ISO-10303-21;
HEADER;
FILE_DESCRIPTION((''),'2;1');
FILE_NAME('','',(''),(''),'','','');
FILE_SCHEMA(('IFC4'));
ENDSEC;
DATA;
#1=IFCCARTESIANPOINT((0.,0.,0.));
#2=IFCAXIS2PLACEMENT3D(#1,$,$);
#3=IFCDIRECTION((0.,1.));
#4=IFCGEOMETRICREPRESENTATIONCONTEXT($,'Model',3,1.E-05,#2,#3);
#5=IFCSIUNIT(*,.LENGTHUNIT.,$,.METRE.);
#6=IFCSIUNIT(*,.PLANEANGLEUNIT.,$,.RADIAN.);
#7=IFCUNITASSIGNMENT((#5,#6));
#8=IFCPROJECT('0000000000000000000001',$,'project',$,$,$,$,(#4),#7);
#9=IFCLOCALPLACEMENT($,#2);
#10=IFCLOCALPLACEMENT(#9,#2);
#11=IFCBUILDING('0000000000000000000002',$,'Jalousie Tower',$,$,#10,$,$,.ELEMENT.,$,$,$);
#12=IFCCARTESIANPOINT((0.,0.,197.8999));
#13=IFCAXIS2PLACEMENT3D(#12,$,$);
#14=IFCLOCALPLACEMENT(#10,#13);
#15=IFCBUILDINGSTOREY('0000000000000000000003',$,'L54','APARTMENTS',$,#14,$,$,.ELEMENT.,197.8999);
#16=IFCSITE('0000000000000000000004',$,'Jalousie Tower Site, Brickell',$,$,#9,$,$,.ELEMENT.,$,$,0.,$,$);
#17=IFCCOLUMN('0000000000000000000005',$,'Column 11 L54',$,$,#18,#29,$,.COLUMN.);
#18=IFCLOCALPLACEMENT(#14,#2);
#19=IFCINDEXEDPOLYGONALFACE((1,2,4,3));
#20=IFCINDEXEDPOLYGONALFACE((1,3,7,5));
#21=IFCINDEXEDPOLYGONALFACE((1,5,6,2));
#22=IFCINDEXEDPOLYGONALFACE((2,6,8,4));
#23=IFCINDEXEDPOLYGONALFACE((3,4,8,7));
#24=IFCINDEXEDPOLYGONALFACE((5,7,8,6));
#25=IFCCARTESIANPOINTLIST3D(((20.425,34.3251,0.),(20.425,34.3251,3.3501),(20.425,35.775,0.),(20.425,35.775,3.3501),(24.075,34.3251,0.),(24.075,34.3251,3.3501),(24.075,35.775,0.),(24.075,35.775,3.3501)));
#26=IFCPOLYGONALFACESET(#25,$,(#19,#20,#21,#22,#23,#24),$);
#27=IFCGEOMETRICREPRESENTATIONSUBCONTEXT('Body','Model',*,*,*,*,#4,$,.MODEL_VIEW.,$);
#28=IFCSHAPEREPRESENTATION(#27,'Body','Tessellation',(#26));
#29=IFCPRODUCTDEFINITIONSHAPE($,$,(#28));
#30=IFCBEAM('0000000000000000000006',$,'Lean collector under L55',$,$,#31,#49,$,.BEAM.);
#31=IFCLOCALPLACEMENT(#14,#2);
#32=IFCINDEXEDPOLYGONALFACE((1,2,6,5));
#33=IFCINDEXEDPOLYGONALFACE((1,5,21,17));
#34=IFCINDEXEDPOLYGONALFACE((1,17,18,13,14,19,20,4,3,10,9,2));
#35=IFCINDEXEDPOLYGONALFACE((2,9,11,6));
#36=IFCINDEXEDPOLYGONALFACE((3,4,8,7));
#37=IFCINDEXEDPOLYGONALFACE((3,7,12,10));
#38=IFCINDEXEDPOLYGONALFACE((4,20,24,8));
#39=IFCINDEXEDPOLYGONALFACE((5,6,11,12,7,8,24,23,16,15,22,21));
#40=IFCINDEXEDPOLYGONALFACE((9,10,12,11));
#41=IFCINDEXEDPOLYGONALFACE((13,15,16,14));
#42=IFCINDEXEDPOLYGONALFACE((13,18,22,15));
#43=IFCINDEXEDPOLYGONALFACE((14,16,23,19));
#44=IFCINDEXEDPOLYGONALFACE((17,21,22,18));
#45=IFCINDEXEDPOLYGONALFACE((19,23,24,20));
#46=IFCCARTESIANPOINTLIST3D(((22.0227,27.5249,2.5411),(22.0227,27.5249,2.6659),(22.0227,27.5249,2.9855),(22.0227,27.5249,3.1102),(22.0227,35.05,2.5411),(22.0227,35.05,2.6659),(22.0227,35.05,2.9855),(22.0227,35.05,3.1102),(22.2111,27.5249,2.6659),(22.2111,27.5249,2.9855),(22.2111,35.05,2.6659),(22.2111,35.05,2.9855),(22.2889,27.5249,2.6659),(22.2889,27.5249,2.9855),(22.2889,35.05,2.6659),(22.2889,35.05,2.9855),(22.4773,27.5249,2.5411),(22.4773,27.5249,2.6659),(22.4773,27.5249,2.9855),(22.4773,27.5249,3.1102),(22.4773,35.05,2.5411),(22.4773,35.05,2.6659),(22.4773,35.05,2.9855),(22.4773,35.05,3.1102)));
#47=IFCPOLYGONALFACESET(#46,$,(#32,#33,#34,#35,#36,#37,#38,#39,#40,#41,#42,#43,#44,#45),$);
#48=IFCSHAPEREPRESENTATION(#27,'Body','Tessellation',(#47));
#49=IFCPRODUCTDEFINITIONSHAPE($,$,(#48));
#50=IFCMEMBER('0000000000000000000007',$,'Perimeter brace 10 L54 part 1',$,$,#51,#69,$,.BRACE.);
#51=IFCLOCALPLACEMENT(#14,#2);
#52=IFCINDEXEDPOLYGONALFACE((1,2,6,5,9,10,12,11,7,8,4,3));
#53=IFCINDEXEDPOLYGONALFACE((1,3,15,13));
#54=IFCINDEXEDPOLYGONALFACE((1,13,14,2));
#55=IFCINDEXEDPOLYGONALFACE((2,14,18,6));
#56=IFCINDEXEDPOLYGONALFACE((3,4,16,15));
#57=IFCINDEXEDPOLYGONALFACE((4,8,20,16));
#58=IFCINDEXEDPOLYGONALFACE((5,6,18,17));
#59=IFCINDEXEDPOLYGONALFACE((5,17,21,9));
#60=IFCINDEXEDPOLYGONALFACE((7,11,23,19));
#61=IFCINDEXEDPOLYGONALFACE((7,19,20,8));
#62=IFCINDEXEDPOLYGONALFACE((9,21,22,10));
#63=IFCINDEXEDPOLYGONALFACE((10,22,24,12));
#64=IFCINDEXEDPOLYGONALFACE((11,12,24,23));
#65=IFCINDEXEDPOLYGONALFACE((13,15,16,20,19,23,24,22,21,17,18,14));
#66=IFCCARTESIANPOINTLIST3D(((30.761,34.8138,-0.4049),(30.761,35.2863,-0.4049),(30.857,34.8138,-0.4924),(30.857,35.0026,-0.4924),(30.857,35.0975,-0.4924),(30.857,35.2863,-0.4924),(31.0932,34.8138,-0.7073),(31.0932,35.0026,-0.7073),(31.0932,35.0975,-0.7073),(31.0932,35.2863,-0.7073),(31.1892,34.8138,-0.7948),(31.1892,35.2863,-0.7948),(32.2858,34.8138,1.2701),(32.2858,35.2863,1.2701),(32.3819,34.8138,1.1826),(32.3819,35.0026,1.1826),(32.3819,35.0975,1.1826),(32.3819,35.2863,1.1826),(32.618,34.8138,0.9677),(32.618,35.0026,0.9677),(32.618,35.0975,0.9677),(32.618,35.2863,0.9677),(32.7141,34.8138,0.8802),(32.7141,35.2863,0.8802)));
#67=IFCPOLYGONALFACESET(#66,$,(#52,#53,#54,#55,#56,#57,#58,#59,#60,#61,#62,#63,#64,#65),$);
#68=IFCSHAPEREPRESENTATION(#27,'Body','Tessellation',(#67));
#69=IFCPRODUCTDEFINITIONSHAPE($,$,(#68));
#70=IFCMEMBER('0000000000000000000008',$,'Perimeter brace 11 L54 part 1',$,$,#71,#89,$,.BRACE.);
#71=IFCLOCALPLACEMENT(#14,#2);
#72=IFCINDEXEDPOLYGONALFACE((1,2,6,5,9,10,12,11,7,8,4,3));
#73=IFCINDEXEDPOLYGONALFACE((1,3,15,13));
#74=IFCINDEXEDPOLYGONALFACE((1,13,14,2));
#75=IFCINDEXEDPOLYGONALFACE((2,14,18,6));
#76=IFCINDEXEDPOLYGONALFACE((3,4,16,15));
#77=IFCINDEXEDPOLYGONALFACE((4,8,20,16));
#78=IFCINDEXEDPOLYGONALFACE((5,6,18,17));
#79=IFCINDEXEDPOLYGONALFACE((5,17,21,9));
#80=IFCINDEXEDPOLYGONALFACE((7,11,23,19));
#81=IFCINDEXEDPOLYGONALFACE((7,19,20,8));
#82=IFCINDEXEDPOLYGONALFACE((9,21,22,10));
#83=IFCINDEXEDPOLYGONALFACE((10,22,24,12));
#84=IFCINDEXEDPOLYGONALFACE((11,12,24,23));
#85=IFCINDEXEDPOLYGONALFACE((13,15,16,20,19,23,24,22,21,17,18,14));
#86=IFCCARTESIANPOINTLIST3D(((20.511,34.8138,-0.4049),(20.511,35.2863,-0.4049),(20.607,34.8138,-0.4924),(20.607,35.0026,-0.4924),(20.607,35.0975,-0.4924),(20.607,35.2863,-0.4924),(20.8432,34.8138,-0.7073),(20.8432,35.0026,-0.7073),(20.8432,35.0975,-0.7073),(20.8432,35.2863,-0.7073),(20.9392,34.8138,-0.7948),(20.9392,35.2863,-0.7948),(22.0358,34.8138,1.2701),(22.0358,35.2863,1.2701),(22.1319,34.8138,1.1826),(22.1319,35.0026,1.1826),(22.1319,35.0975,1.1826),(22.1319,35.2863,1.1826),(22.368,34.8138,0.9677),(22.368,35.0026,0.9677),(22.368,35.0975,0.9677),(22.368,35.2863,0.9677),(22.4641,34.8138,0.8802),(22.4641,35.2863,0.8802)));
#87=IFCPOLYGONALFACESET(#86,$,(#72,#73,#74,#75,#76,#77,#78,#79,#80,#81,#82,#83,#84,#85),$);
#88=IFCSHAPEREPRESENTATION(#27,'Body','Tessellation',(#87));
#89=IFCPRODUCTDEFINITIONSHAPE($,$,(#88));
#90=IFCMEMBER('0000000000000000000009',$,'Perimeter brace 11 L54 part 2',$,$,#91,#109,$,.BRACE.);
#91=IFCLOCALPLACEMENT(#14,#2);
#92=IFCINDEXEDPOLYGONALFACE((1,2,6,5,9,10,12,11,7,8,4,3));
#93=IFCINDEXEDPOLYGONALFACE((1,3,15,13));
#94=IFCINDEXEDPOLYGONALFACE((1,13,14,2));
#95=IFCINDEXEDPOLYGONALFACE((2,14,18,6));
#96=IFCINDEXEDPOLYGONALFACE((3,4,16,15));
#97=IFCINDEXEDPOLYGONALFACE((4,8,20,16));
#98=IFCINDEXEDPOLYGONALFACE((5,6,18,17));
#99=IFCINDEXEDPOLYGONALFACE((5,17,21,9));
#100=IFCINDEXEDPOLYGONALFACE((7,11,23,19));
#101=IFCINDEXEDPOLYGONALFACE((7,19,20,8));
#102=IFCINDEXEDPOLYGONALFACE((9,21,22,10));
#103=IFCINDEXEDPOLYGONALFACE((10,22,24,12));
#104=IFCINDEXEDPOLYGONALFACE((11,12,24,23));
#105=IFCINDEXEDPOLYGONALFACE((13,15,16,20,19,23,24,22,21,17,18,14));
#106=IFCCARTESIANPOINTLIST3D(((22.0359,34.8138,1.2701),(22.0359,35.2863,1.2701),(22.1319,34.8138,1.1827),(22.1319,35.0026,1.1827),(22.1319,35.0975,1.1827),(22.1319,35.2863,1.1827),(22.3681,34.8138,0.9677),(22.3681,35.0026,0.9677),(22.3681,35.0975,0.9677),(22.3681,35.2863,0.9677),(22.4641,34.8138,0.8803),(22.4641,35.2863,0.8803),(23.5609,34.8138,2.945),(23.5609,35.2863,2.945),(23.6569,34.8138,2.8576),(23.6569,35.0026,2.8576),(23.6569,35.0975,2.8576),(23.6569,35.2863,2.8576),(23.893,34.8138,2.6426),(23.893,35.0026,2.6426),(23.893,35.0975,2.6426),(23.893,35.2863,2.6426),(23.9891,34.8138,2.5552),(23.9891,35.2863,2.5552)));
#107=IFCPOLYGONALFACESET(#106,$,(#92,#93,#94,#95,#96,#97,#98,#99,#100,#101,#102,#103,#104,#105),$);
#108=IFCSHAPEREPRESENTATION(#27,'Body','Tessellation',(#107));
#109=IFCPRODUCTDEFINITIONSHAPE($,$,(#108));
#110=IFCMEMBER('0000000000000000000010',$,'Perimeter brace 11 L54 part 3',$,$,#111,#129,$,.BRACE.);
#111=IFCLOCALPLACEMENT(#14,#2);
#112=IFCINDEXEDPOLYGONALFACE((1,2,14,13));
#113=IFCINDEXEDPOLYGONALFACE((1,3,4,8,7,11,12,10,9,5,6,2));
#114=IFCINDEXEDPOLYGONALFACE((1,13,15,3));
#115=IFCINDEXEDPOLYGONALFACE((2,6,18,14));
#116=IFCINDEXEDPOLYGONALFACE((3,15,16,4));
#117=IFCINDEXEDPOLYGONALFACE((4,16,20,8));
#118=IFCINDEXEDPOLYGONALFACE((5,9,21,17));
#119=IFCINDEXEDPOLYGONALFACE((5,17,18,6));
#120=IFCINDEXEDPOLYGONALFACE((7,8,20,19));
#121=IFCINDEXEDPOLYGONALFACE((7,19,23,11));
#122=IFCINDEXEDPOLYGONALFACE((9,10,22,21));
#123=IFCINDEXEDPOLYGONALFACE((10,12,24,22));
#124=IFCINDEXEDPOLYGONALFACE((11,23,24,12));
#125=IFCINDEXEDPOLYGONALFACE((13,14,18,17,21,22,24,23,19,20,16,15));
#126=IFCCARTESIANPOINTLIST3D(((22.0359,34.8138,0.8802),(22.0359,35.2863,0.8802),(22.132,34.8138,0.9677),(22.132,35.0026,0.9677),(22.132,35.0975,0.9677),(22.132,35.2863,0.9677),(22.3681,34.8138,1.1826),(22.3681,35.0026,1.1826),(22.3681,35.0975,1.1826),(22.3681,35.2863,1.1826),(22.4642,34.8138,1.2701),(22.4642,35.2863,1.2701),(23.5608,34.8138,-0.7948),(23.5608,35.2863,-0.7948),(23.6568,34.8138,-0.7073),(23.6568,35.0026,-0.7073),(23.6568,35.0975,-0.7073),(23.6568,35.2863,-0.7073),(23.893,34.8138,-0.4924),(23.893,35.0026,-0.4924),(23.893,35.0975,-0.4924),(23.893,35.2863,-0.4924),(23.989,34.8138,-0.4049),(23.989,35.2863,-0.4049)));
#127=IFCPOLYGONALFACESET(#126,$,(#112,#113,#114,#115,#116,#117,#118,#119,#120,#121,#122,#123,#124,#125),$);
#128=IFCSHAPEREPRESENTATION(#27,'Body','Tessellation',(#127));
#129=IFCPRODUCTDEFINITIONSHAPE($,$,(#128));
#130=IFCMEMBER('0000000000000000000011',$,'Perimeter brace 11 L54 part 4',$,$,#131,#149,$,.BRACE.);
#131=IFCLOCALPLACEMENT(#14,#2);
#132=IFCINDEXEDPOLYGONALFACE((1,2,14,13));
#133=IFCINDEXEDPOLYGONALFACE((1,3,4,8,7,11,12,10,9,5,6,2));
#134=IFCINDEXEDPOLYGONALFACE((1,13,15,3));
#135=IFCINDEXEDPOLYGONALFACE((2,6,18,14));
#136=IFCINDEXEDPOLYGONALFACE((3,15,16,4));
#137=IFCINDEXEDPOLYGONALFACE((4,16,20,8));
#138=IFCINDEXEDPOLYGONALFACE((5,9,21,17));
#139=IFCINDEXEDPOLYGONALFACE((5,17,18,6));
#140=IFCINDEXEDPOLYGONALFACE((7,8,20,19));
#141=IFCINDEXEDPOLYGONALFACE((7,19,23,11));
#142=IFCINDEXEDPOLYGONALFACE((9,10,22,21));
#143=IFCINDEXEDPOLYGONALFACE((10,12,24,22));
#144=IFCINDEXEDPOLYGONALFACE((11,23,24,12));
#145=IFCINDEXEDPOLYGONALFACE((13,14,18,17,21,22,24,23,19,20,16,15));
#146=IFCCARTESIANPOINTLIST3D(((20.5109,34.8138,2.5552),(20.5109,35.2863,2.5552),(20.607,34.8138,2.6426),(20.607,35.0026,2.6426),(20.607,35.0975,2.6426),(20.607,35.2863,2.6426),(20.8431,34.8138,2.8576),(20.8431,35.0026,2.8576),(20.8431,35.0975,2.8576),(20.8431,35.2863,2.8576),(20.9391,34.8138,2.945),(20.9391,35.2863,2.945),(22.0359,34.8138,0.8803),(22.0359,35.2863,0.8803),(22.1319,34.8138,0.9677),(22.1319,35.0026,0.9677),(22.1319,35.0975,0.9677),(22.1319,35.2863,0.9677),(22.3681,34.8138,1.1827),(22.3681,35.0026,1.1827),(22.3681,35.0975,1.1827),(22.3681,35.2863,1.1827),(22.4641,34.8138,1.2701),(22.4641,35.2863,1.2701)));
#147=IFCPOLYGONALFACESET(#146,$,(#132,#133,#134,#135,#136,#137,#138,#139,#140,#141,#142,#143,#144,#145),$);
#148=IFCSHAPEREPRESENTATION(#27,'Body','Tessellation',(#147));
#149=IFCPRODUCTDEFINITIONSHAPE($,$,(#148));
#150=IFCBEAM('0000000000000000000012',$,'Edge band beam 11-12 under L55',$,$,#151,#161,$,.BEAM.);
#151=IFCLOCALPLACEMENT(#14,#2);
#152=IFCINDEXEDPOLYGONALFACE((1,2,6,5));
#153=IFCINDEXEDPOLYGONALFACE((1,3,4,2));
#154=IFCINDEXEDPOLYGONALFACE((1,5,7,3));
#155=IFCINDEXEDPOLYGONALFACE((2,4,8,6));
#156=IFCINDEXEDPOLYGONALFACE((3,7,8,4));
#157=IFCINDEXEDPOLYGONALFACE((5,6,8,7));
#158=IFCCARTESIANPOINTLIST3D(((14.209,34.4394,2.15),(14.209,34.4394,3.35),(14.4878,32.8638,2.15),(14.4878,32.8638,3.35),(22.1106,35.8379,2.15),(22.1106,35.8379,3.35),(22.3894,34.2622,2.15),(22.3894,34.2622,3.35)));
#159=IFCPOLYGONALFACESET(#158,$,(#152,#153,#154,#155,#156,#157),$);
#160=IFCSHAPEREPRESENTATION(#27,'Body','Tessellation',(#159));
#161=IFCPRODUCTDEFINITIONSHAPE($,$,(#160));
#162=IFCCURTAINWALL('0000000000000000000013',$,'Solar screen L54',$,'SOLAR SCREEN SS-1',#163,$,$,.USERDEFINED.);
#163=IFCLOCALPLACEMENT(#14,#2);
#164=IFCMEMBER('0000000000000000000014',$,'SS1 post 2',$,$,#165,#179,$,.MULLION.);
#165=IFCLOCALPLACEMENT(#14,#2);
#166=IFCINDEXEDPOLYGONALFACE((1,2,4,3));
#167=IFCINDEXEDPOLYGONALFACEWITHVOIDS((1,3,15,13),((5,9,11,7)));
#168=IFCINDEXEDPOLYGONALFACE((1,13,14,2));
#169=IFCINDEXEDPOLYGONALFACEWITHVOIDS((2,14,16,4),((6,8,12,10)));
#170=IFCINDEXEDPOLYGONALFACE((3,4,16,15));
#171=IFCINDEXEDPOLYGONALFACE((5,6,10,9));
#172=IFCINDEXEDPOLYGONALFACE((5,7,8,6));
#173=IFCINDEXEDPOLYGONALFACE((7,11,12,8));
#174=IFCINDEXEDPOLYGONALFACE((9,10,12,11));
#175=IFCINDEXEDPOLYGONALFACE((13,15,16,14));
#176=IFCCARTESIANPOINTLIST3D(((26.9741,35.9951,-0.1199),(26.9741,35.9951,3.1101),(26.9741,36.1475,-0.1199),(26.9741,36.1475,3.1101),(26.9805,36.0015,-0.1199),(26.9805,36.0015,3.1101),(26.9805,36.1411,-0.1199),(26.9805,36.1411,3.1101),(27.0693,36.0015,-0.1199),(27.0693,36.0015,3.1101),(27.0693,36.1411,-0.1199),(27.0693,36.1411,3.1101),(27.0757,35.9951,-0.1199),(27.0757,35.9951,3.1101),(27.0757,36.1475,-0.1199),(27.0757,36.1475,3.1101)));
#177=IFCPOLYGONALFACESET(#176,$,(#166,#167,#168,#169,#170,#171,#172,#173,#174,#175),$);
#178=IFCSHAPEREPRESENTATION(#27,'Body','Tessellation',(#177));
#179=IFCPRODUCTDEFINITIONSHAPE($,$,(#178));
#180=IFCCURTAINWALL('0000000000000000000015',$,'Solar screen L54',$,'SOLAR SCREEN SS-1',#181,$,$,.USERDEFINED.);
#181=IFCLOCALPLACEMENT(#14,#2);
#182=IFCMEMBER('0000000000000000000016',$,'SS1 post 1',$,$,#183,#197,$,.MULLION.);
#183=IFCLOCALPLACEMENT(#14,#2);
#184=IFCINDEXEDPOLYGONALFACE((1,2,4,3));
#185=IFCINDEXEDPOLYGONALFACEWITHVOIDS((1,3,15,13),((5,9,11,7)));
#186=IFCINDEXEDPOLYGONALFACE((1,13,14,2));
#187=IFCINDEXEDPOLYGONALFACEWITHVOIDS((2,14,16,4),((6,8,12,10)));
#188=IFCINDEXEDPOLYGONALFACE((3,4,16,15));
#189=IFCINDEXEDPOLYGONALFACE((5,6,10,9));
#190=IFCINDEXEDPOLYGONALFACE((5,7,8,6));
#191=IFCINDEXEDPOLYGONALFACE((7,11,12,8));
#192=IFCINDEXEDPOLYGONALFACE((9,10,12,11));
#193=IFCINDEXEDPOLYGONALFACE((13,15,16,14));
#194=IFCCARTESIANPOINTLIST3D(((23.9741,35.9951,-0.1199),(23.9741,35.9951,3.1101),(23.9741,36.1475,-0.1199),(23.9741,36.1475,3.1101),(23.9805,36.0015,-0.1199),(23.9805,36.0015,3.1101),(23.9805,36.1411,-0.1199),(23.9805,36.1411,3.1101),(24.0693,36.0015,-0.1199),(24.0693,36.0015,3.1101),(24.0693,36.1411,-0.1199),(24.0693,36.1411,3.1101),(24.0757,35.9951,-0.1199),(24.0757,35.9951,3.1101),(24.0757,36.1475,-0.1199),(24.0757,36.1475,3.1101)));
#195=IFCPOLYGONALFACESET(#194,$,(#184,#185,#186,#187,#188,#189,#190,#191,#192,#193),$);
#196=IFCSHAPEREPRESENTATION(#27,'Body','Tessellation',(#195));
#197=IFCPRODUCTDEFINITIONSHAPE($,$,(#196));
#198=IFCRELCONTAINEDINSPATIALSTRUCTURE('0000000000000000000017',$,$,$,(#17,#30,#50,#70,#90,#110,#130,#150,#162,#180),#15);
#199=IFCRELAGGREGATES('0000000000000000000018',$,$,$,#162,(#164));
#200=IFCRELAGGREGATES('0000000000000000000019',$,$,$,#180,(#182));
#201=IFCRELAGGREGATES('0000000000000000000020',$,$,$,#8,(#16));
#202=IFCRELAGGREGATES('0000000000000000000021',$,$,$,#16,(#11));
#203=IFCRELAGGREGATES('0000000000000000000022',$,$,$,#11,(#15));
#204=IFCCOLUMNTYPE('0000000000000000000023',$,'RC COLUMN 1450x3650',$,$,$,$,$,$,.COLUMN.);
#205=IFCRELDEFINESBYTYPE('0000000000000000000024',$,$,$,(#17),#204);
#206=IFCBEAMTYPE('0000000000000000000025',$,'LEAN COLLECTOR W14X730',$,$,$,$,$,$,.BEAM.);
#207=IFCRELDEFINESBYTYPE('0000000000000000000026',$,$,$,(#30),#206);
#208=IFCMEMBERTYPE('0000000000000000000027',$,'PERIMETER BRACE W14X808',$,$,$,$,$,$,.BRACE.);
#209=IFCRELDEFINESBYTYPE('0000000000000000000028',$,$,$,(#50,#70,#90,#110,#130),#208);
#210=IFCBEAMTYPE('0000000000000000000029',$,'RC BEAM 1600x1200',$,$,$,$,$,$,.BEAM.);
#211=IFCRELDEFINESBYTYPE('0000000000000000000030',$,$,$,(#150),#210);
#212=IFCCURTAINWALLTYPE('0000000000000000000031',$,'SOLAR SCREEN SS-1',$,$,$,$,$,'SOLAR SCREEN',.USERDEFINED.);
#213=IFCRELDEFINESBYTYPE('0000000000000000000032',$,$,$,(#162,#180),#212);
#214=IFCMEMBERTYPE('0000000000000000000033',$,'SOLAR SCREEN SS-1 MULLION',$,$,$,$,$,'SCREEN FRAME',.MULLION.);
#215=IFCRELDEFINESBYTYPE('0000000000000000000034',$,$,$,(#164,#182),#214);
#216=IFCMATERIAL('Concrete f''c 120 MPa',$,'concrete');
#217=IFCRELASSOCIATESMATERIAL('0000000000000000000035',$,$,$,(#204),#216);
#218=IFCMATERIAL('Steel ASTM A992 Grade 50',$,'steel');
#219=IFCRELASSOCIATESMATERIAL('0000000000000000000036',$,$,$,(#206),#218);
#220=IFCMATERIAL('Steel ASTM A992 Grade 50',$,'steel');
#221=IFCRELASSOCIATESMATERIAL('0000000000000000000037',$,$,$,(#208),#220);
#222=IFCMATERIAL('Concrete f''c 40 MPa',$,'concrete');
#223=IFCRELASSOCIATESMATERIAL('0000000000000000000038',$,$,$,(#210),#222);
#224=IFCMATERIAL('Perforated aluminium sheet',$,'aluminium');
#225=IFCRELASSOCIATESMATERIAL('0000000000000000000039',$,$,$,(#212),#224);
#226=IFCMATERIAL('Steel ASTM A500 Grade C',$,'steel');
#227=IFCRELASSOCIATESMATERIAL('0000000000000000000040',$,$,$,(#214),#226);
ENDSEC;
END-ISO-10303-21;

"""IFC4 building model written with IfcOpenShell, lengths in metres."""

from ifc_helpers import new_model, si_unit, direction, frame, origin, origin_2d, place, context, subcontext, project, spatial, rectangle, hollow_rectangle, i_section, extrude, material, material_profile, profile_set, type_object, element, aggregate, save


model = new_model("IFC4")

# Units and contexts
model_context = context("Model", 3, precision=1e-05, world=origin(), true_north=direction((0.0, 1.0)))
body_context = subcontext(model_context, "Body", "Model", "MODEL_VIEW")
ifc_project = project(units=[si_unit("LENGTHUNIT", "METRE"), si_unit("PLANEANGLEUNIT", "RADIAN")], contexts=[model_context])

# Site, building, storey
site_placement = place(None, origin())
site = spatial("IfcSite", under=ifc_project, at=site_placement, Name="Jalousie Tower Site, Brickell", CompositionType="ELEMENT", RefElevation=0.0)
building_placement = place(site_placement, origin())
building = spatial("IfcBuilding", under=site, at=building_placement, Name="Jalousie Tower", CompositionType="ELEMENT")
storey_placement = place(building_placement, frame((0.0, 0.0, 197.8999)))
storey = spatial("IfcBuildingStorey", under=building, at=storey_placement, Name="L54", Description="APARTMENTS", CompositionType="ELEMENT", Elevation=197.8999)

# Column
ifc_material_1 = material(Name="Concrete f'c 120 MPa", Category="concrete")
ifc_material_profile_1 = material_profile(ifc_material_1, rectangle(XDim=1.45, YDim=3.6499, at=origin_2d()), Name="RC 1450x3650")
ifc_profile_set_1 = profile_set([ifc_material_profile_1], Name="Concrete f'c 120 MPa")
column_type = type_object("IfcColumnType", Name="RC COLUMN 1450x3650", PredefinedType="COLUMN", material=ifc_profile_set_1)
column_placement = place(storey_placement, frame((22.25, 35.05, 0.0), z_axis=(0.0, 0.0, 1.0), x_axis=(0.0, 1.0, 0.0)))
element("IfcColumn", 1, at=column_placement, inside=storey, type_object=column_type, Name="Column 11 L54", PredefinedType="COLUMN", context=body_context, shape_type="SweptSolid", body=[
    extrude(rectangle(XDim=1.45, YDim=3.6499, at=origin_2d()), origin(), (0.0, 0.0, 1.0), 3.3501),
])

# Beam
ifc_material_2 = material(Name="Steel ASTM A992 Grade 50", Category="steel")
ifc_material_profile_2 = material_profile(ifc_material_2, i_section(OverallWidth=0.4546, OverallDepth=0.5691, WebThickness=0.0779, FlangeThickness=0.1248, at=origin_2d()), Name="W14X730")
ifc_profile_set_2 = profile_set([ifc_material_profile_2], Name="Steel ASTM A992 Grade 50")
beam_type_1 = type_object("IfcBeamType", Name="LEAN COLLECTOR W14X730", PredefinedType="BEAM", material=ifc_profile_set_2)
beam_1_placement = place(storey_placement, frame((22.25, 35.05, 2.8257), z_axis=(0.0, -1.0, 0.0), x_axis=(1.0, 0.0, 0.0)))
element("IfcBeam", 2, at=beam_1_placement, inside=storey, type_object=beam_type_1, Name="Lean collector under L55", PredefinedType="BEAM", context=body_context, shape_type="SweptSolid", body=[
    extrude(i_section(OverallWidth=0.4546, OverallDepth=0.5691, WebThickness=0.0779, FlangeThickness=0.1248, at=origin_2d()), origin(), (0.0, 0.0, 1.0), 7.5251),
])

# Members
ifc_material_3 = material(Name="Steel ASTM A992 Grade 50", Category="steel")
ifc_material_profile_3 = material_profile(ifc_material_3, i_section(OverallWidth=0.4724, OverallDepth=0.5791, WebThickness=0.095, FlangeThickness=0.1299, at=origin_2d()), Name="W14X808")
ifc_profile_set_3 = profile_set([ifc_material_profile_3], Name="Steel ASTM A992 Grade 50")
member_type_1 = type_object("IfcMemberType", Name="PERIMETER BRACE W14X808", PredefinedType="BRACE", material=ifc_profile_set_3)
for number, where, z_axis, x_axis, name in (
    (3, (30.9751, 35.05, -0.5999), (0.673188, 0.0, 0.739472), (0.0, 1.0, 0.0), "Perimeter brace 10 L54 part 1"),
    (4, (20.7251, 35.05, -0.5999), (0.673188, 0.0, 0.739472), (0.0, 1.0, 0.0), "Perimeter brace 11 L54 part 1"),
    (5, (22.25, 35.05, 1.0752), (0.673241, 0.0, 0.739423), (0.0, 1.0, 0.0), "Perimeter brace 11 L54 part 2"),
    (6, (23.7749, 35.05, -0.5999), (-0.673188, 0.0, 0.739472), (0.0, -1.0, 0.0), "Perimeter brace 11 L54 part 3"),
    (7, (22.25, 35.05, 1.0752), (-0.673241, 0.0, 0.739423), (0.0, -1.0, 0.0), "Perimeter brace 11 L54 part 4"),
):
    element("IfcMember", number, at=place(storey_placement, frame(where, z_axis=z_axis, x_axis=x_axis)), inside=storey, type_object=member_type_1, Name=name, PredefinedType="BRACE", context=body_context, shape_type="SweptSolid", body=[
        extrude(i_section(OverallWidth=0.4724, OverallDepth=0.5791, WebThickness=0.095, FlangeThickness=0.1299, at=origin_2d()), origin(), (0.0, 0.0, 1.0), 2.2651),
    ])

# Beam
ifc_material_4 = material(Name="Concrete f'c 40 MPa", Category="concrete")
ifc_material_profile_4 = material_profile(ifc_material_4, rectangle(XDim=1.6001, YDim=1.2, at=origin_2d()), Name="RC 1600x1200")
ifc_profile_set_4 = profile_set([ifc_material_profile_4], Name="Concrete f'c 40 MPa")
beam_type_2 = type_object("IfcBeamType", Name="RC BEAM 1600x1200", PredefinedType="BEAM", material=ifc_profile_set_4)
beam_2_placement = place(storey_placement, frame((22.25, 35.05, 2.75), z_axis=(-0.984697, -0.174273, 0.0), x_axis=(0.174273, -0.984697, 0.0)))
element("IfcBeam", 8, at=beam_2_placement, inside=storey, type_object=beam_type_2, Name="Edge band beam 11-12 under L55", PredefinedType="BEAM", context=body_context, shape_type="SweptSolid", body=[
    extrude(rectangle(XDim=1.6001, YDim=1.2, at=origin_2d()), origin(), (0.0, 0.0, 1.0), 8.0244),
])

# Curtain wall, member
ifc_material_5 = material(Name="Perforated aluminium sheet", Category="aluminium")
curtain_wall_type = type_object("IfcCurtainWallType", Name="SOLAR SCREEN SS-1", ElementType="SOLAR SCREEN", PredefinedType="USERDEFINED", material=ifc_material_5)
curtain_wall_1_placement = place(storey_placement, origin())
curtain_wall_1 = element("IfcCurtainWall", 9, at=curtain_wall_1_placement, inside=storey, type_object=curtain_wall_type, Name="Solar screen L54", ObjectType="SOLAR SCREEN SS-1", PredefinedType="USERDEFINED")
ifc_material_6 = material(Name="Steel ASTM A500 Grade C", Category="steel")
ifc_material_profile_5 = material_profile(ifc_material_6, hollow_rectangle(XDim=0.1016, YDim=0.1523, WallThickness=0.0063, at=origin_2d()), Name="HSS6X4X1/4")
ifc_profile_set_5 = profile_set([ifc_material_profile_5], Name="Steel ASTM A500 Grade C")
member_type_2 = type_object("IfcMemberType", Name="SOLAR SCREEN SS-1 MULLION", ElementType="SCREEN FRAME", PredefinedType="MULLION", material=ifc_profile_set_5)
member_1_placement = place(storey_placement, frame((27.0249, 36.0713, -0.1199), z_axis=(0.0, 0.0, 1.0), x_axis=(-1.0, 0.0, 0.0)))
member_1 = element("IfcMember", 10, at=member_1_placement, type_object=member_type_2, Name="SS1 post 2", PredefinedType="MULLION", context=body_context, shape_type="SweptSolid", body=[
    extrude(hollow_rectangle(XDim=0.1016, YDim=0.1523, WallThickness=0.0063, at=origin_2d()), origin(), (0.0, 0.0, 1.0), 3.23),
])

# Curtain wall, member
curtain_wall_2_placement = place(storey_placement, origin())
curtain_wall_2 = element("IfcCurtainWall", 11, at=curtain_wall_2_placement, inside=storey, type_object=curtain_wall_type, Name="Solar screen L54", ObjectType="SOLAR SCREEN SS-1", PredefinedType="USERDEFINED")
member_2_placement = place(storey_placement, frame((24.0249, 36.0713, -0.1199), z_axis=(0.0, 0.0, 1.0), x_axis=(-1.0, 0.0, 0.0)))
member_2 = element("IfcMember", 12, at=member_2_placement, type_object=member_type_2, Name="SS1 post 1", PredefinedType="MULLION", context=body_context, shape_type="SweptSolid", body=[
    extrude(hollow_rectangle(XDim=0.1016, YDim=0.1523, WallThickness=0.0063, at=origin_2d()), origin(), (0.0, 0.0, 1.0), 3.23),
])

aggregate(curtain_wall_1, [member_1])
aggregate(curtain_wall_2, [member_2])

save(model, "model.ifc")
